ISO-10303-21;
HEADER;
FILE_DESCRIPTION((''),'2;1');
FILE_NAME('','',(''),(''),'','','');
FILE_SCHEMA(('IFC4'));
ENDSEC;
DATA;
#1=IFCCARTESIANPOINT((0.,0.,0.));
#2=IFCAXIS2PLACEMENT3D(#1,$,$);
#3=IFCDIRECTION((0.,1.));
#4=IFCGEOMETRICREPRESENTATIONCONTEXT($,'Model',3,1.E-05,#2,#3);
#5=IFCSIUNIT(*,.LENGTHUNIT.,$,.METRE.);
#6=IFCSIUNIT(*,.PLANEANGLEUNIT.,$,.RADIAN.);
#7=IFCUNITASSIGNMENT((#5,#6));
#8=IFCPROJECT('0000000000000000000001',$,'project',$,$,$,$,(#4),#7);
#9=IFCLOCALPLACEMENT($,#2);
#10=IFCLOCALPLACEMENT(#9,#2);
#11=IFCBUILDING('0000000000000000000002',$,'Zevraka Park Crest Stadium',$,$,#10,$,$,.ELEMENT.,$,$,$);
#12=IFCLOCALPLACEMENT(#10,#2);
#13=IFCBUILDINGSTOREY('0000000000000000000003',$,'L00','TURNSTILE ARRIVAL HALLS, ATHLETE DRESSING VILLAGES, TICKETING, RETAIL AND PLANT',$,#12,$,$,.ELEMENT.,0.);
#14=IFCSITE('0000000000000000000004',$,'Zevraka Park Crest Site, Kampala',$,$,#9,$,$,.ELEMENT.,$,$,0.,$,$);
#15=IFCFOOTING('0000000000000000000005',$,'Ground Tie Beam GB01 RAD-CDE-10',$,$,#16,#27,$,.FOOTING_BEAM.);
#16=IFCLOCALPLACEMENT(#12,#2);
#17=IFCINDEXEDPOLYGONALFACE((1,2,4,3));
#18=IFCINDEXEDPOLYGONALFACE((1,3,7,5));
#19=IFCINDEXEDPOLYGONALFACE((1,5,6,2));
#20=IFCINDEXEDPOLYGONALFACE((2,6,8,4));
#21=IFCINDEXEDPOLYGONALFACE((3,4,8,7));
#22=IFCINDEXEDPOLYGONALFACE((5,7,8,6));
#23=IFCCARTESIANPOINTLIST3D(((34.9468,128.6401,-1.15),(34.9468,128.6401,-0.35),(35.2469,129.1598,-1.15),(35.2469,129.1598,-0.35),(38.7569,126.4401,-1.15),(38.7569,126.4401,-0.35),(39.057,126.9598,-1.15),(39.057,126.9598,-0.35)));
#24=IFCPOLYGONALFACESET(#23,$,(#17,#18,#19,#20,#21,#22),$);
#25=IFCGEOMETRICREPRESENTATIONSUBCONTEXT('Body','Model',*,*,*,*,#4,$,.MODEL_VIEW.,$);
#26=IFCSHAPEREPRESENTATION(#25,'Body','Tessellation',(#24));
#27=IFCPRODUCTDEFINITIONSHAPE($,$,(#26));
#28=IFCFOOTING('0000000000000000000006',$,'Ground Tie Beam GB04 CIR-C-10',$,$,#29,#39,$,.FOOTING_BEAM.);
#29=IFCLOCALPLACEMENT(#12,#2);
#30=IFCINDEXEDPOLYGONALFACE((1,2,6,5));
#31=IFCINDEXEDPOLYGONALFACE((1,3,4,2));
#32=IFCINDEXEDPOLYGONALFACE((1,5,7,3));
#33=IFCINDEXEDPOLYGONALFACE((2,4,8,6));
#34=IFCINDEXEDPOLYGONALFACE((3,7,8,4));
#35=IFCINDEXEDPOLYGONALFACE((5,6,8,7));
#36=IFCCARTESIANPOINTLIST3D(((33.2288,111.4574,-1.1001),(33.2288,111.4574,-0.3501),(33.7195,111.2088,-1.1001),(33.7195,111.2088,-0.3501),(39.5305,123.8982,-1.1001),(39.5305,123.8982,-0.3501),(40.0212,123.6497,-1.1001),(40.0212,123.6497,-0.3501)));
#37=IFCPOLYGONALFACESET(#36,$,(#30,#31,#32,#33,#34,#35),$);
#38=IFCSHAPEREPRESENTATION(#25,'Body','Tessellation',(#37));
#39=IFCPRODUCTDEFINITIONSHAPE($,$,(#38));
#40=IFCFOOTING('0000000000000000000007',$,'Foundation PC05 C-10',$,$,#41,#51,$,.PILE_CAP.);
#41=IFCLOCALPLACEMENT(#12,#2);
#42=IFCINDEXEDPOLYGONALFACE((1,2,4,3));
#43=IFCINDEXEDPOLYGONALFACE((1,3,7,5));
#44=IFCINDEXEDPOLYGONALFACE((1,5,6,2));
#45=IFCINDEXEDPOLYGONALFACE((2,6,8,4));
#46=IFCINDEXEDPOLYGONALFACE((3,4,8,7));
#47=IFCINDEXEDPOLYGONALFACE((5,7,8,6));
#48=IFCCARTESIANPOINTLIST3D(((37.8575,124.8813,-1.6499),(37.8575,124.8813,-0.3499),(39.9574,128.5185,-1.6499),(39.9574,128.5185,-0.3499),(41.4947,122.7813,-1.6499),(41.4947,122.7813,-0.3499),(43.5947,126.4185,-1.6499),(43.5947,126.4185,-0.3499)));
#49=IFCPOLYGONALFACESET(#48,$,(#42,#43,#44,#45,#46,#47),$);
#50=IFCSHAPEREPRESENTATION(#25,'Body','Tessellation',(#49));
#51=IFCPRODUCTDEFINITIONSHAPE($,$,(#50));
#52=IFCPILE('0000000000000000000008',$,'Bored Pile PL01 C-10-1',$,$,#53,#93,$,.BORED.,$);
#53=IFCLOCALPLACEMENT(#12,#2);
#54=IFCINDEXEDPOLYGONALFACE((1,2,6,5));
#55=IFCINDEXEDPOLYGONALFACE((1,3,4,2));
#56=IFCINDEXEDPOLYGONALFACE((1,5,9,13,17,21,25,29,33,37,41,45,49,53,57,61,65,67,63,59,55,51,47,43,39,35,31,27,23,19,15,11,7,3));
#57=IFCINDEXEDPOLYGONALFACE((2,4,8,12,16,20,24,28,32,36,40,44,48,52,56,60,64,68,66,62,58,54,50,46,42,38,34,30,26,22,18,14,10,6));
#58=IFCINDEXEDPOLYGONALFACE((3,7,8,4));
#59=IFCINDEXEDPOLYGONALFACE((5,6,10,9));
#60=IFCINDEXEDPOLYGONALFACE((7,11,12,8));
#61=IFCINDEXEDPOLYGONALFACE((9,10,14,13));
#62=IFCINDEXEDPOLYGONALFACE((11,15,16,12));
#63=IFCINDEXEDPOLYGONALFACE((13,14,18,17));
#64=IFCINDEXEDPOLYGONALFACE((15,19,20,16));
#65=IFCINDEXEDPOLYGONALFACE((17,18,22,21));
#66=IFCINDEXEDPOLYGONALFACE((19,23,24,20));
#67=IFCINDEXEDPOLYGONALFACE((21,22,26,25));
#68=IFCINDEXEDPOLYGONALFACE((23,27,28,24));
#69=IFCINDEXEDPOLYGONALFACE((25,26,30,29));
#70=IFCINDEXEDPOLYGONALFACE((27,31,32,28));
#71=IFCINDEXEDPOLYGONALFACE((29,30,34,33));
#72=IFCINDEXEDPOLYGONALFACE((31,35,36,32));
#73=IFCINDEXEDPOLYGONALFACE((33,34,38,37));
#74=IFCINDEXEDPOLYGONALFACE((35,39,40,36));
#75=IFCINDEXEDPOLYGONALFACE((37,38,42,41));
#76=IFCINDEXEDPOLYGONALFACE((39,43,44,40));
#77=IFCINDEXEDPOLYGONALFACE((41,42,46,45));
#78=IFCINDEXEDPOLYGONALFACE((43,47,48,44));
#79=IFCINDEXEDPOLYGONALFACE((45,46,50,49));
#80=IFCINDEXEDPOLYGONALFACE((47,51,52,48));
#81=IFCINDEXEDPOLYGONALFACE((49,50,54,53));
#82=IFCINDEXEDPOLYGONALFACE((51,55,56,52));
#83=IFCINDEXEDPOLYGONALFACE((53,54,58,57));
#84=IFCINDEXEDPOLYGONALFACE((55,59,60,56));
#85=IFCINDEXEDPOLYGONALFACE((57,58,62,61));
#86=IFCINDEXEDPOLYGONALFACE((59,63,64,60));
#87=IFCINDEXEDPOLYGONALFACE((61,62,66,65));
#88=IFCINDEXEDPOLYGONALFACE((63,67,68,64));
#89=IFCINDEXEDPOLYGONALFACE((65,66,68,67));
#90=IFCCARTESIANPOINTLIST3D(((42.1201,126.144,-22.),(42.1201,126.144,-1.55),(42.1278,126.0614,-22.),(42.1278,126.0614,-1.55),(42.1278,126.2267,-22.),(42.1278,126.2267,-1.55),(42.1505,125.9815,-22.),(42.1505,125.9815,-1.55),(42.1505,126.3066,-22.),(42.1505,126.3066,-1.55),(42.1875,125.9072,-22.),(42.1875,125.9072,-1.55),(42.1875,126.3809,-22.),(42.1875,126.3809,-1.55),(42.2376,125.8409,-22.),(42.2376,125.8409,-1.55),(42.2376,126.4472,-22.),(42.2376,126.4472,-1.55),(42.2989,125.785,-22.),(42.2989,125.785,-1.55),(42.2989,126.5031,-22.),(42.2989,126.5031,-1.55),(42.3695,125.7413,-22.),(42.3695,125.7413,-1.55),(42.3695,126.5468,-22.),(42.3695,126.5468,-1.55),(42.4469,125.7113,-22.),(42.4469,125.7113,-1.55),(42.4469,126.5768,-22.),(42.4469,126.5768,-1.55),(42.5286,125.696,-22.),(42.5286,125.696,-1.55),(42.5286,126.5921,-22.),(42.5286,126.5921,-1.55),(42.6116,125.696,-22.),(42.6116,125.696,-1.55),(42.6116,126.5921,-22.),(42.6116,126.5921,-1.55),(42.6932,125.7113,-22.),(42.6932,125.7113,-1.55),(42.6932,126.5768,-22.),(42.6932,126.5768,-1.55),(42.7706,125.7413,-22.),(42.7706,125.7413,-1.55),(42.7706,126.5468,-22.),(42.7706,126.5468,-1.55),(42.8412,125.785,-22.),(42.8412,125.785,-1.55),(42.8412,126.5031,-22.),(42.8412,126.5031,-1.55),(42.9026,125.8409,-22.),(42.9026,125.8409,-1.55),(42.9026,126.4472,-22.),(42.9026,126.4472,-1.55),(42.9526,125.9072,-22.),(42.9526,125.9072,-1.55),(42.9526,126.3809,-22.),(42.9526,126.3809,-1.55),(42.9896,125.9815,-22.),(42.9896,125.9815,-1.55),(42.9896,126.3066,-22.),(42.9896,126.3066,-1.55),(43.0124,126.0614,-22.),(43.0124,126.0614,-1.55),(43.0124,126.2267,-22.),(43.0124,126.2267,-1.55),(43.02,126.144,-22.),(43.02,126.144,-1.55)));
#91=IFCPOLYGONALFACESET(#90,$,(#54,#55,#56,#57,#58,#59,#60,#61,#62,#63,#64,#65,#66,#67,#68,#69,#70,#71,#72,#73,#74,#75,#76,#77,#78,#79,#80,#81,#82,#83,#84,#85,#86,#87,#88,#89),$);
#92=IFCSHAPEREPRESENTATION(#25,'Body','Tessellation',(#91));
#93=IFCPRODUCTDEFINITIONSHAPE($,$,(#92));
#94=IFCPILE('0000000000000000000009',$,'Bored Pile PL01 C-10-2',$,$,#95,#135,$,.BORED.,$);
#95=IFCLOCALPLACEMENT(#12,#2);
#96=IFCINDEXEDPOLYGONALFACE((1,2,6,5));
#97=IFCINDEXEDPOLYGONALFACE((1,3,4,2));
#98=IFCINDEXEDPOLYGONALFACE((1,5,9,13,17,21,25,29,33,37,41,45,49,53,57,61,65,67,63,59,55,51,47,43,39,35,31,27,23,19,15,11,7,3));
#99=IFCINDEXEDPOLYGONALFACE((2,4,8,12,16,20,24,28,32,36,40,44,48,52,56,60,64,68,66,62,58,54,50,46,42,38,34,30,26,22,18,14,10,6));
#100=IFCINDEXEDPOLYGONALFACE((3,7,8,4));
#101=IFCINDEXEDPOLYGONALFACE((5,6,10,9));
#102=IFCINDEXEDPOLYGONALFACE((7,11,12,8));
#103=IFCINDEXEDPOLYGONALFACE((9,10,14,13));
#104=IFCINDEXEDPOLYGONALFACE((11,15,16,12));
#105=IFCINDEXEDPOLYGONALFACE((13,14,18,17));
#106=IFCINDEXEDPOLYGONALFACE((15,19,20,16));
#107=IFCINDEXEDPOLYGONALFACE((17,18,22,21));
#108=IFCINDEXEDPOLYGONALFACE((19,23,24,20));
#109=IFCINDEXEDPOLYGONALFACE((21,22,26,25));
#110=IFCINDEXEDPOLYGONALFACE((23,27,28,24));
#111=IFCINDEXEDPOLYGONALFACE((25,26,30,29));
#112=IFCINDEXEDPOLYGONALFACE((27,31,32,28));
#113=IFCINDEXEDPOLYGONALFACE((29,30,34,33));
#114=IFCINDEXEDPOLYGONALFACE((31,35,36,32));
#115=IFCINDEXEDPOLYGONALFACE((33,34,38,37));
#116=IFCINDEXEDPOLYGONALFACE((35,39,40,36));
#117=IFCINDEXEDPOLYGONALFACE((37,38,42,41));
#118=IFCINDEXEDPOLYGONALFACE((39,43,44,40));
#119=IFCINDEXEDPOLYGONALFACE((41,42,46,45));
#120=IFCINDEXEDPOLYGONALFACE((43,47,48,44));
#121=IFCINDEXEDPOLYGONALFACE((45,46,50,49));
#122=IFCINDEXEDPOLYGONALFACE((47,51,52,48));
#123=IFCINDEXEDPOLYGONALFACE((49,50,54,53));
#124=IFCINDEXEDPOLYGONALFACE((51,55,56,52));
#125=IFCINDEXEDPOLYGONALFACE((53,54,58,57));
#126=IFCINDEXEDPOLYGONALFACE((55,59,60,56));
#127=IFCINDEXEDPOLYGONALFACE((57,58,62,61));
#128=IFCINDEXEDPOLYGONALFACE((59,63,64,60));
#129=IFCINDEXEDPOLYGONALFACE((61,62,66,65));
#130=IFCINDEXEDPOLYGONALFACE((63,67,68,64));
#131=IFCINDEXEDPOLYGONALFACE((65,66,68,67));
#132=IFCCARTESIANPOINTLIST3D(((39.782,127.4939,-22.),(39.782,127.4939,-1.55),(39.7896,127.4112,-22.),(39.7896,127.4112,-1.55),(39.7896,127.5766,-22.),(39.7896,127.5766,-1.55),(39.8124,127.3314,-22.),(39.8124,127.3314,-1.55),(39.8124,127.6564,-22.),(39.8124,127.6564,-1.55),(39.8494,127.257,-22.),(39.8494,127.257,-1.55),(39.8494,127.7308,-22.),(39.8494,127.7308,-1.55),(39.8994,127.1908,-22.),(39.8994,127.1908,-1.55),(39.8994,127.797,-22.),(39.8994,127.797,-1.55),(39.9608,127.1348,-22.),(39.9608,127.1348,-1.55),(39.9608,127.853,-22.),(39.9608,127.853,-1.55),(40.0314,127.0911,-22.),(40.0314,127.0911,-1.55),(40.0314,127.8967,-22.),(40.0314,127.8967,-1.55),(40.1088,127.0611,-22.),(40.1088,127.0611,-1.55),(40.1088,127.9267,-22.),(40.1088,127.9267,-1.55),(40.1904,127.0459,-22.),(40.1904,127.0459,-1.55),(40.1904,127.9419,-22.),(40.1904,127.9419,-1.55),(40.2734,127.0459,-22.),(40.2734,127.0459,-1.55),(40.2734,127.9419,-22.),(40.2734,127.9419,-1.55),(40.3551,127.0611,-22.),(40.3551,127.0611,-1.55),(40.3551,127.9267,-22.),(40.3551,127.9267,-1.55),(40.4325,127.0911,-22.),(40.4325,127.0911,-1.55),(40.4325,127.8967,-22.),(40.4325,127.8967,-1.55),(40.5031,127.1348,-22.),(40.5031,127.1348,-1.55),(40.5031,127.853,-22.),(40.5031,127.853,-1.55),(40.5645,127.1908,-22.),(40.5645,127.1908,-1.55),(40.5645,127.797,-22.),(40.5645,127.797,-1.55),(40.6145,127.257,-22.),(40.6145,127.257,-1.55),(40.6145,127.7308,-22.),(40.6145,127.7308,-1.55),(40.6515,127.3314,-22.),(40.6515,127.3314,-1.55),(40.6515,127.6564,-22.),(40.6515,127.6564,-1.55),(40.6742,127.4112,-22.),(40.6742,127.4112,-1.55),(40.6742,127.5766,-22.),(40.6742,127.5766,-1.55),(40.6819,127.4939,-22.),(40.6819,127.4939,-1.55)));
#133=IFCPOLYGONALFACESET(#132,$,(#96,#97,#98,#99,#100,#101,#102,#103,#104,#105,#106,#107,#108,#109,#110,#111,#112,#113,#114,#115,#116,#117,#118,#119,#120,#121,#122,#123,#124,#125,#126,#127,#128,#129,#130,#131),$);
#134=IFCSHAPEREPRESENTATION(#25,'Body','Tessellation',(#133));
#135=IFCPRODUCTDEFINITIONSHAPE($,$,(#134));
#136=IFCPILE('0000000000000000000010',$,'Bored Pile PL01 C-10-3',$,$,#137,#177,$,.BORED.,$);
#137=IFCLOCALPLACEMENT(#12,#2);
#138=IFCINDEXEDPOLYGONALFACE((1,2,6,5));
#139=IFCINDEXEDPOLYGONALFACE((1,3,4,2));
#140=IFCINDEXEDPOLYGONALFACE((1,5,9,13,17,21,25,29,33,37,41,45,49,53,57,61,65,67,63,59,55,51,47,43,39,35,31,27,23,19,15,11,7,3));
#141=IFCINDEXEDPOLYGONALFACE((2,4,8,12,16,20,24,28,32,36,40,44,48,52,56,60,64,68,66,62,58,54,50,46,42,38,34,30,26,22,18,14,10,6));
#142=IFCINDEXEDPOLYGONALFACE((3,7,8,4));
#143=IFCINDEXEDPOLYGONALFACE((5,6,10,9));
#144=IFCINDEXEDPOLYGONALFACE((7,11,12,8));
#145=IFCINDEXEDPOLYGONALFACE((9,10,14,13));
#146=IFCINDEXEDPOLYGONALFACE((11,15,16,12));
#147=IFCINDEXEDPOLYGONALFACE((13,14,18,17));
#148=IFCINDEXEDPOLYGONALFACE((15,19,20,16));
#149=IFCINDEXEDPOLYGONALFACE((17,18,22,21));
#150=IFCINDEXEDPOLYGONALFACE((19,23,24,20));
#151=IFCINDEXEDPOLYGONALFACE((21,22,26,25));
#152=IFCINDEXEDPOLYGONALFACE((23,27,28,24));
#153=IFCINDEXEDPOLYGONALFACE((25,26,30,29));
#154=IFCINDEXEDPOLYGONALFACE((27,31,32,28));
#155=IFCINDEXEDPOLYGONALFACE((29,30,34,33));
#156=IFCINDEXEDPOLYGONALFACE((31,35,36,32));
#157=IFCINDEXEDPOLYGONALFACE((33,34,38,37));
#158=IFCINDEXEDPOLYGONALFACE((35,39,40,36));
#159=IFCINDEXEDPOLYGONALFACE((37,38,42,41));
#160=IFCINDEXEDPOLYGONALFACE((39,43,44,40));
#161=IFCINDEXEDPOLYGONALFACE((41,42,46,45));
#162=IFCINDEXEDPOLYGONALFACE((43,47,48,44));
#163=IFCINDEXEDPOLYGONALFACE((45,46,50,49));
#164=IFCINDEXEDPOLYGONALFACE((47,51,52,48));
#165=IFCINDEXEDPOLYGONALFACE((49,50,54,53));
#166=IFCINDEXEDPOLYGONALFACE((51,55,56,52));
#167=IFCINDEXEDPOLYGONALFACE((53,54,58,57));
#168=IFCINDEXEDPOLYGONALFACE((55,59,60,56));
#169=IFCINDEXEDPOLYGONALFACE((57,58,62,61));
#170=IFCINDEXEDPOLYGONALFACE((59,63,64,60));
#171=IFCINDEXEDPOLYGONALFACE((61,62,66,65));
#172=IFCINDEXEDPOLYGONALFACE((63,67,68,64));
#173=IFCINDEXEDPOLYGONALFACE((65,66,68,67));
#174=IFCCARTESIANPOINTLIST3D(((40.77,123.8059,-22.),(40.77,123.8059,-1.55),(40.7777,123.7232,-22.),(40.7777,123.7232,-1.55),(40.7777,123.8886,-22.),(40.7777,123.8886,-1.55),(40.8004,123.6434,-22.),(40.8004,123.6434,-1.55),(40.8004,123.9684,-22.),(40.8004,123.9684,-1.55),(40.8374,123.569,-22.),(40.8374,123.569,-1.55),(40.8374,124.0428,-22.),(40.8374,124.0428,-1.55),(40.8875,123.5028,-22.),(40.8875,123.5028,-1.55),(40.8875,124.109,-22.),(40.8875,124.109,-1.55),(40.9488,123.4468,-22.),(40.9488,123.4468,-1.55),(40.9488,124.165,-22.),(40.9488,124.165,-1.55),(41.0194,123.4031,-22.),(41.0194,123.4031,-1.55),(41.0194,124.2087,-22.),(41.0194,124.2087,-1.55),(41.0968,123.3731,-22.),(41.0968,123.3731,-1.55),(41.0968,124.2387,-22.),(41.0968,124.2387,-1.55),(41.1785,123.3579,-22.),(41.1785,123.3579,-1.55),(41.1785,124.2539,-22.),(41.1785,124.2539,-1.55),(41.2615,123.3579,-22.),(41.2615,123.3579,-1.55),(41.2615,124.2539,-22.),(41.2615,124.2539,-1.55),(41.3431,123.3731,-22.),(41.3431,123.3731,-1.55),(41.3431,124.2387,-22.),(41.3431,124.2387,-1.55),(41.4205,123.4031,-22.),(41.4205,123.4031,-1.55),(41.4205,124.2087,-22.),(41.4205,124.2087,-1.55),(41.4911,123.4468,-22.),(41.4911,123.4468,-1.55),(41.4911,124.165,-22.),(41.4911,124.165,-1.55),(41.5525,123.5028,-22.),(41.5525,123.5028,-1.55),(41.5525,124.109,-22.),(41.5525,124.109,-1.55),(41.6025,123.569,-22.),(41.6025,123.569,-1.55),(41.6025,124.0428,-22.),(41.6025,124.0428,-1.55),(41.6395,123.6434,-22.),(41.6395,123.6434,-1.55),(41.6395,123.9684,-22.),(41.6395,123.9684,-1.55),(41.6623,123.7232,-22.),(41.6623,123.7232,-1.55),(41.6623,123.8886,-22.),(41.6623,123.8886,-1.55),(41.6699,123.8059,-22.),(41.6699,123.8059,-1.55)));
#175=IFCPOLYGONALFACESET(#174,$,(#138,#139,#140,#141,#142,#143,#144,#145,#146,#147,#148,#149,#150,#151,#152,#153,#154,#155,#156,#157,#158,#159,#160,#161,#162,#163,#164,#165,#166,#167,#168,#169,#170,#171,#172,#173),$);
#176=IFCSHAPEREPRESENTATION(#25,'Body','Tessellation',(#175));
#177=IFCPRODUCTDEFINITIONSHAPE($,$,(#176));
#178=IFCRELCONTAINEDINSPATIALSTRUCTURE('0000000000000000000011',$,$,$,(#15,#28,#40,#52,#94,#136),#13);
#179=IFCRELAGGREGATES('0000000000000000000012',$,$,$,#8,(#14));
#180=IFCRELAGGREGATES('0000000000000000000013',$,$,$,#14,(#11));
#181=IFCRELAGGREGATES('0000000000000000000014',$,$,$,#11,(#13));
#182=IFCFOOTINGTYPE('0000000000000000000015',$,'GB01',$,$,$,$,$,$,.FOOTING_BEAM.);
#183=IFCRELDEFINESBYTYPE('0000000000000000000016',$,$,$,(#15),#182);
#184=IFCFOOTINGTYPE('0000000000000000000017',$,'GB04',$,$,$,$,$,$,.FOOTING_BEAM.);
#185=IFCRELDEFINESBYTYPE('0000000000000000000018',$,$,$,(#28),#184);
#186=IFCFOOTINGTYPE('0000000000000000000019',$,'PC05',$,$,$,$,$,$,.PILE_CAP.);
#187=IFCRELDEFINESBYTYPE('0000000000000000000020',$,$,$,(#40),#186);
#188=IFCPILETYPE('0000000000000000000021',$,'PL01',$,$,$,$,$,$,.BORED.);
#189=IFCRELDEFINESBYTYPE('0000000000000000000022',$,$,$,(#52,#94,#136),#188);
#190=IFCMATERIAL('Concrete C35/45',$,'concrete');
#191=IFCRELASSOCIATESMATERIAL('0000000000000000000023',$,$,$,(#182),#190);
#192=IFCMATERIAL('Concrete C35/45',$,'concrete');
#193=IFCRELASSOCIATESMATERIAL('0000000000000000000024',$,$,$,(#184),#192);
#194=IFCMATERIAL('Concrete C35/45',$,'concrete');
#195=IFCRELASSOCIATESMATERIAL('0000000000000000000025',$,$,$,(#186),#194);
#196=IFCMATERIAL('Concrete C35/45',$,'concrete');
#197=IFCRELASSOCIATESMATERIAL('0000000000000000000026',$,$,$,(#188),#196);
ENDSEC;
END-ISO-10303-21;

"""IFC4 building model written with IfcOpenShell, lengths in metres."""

from ifc_helpers import new_model, si_unit, direction, frame, origin, origin_2d, place, context, subcontext, project, spatial, rectangle, circle, extrude, material, material_profile, profile_set, type_object, element, save


model = new_model("IFC4")

# Units and contexts
model_context = context("Model", 3, precision=1e-05, world=origin(), true_north=direction((0.0, 1.0)))
body_context = subcontext(model_context, "Body", "Model", "MODEL_VIEW")
ifc_project = project(units=[si_unit("LENGTHUNIT", "METRE"), si_unit("PLANEANGLEUNIT", "RADIAN")], contexts=[model_context])

# Site, building, storey
site_placement = place(None, origin())
site = spatial("IfcSite", under=ifc_project, at=site_placement, Name="Zevraka Park Crest Site, Kampala", CompositionType="ELEMENT", RefElevation=0.0)
building_placement = place(site_placement, origin())
building = spatial("IfcBuilding", under=site, at=building_placement, Name="Zevraka Park Crest Stadium", CompositionType="ELEMENT")
storey_placement = place(building_placement, origin())
storey = spatial("IfcBuildingStorey", under=building, at=storey_placement, Name="L00", Description="TURNSTILE ARRIVAL HALLS, ATHLETE DRESSING VILLAGES, TICKETING, RETAIL AND PLANT", CompositionType="ELEMENT", Elevation=0.0)

# Footings
ifc_material_1 = material(Name="Concrete C35/45", Category="concrete")
ifc_material_profile_1 = material_profile(ifc_material_1, rectangle(XDim=0.6001, YDim=0.8, at=origin_2d()), Name="GB 800x600")
ifc_profile_set_1 = profile_set([ifc_material_profile_1], Name="Concrete C35/45")
footing_type_1 = type_object("IfcFootingType", Name="GB01", PredefinedType="FOOTING_BEAM", material=ifc_profile_set_1)
footing_1_placement = place(storey_placement, frame((38.907, 126.7, -0.75), z_axis=(-0.866004, 0.500036, 0.0), x_axis=(-0.500036, -0.866004, 0.0)))
element("IfcFooting", 1, at=footing_1_placement, inside=storey, type_object=footing_type_1, Name="Ground Tie Beam GB01 RAD-CDE-10", PredefinedType="FOOTING_BEAM", context=body_context, shape_type="SweptSolid", body=[
    extrude(rectangle(XDim=0.6001, YDim=0.8, at=origin_2d()), origin(), (0.0, 0.0, 1.0), 4.3997),
])
ifc_material_2 = material(Name="Concrete C35/45", Category="concrete")
ifc_material_profile_2 = material_profile(ifc_material_2, rectangle(XDim=0.55, YDim=0.75, at=origin_2d()), Name="GB 750x550")
ifc_profile_set_2 = profile_set([ifc_material_profile_2], Name="Concrete C35/45")
footing_type_2 = type_object("IfcFootingType", Name="GB04", PredefinedType="FOOTING_BEAM", material=ifc_profile_set_2)
footing_2_placement = place(storey_placement, frame((39.7759, 123.7739, -0.7251), z_axis=(-0.451871, -0.892083, 0.0), x_axis=(0.892083, -0.451871, 0.0)))
element("IfcFooting", 2, at=footing_2_placement, inside=storey, type_object=footing_type_2, Name="Ground Tie Beam GB04 CIR-C-10", PredefinedType="FOOTING_BEAM", context=body_context, shape_type="SweptSolid", body=[
    extrude(rectangle(XDim=0.55, YDim=0.75, at=origin_2d()), origin(), (0.0, 0.0, 1.0), 13.9458),
])
ifc_material_3 = material(Name="Concrete C35/45", Category="concrete")
footing_type_3 = type_object("IfcFootingType", Name="PC05", PredefinedType="PILE_CAP", material=ifc_material_3)
footing_3_placement = place(storey_placement, frame((40.7261, 125.6499, -1.6499), z_axis=(0.0, 0.0, 1.0), x_axis=(-0.866025, 0.5, 0.0)))
element("IfcFooting", 3, at=footing_3_placement, inside=storey, type_object=footing_type_3, Name="Foundation PC05 C-10", PredefinedType="PILE_CAP", context=body_context, shape_type="SweptSolid", body=[
    extrude(rectangle(XDim=4.2, YDim=4.2, at=origin_2d()), origin(), (0.0, 0.0, 1.0), 1.3),
])

# Piles
ifc_material_4 = material(Name="Concrete C35/45", Category="concrete")
ifc_material_profile_3 = material_profile(ifc_material_4, circle(Radius=0.45, at=origin_2d()), Name="PILE D900")
ifc_profile_set_3 = profile_set([ifc_material_profile_3], Name="Concrete C35/45")
pile_type_1 = type_object("IfcPileType", Name="PL01", PredefinedType="BORED", material=ifc_profile_set_3)
for number, where, z_axis, x_axis, name in (
    (4, (42.5701, 126.144, -1.55), (0.0, 0.0, -1.0), (1.0, 0.0, 0.0), "Bored Pile PL01 C-10-1"),
    (5, (40.2319, 127.4939, -1.55), (0.0, 0.0, -1.0), (1.0, 0.0, 0.0), "Bored Pile PL01 C-10-2"),
    (6, (41.22, 123.8059, -1.55), (0.0, 0.0, -1.0), (1.0, 0.0, 0.0), "Bored Pile PL01 C-10-3"),
):
    element("IfcPile", number, at=place(storey_placement, frame(where, z_axis=z_axis, x_axis=x_axis)), inside=storey, type_object=pile_type_1, Name=name, PredefinedType="BORED", context=body_context, shape_type="SweptSolid", body=[
        extrude(circle(Radius=0.45, at=origin_2d()), origin(), (0.0, 0.0, 1.0), 20.45),
    ])

save(model, "model.ifc")
